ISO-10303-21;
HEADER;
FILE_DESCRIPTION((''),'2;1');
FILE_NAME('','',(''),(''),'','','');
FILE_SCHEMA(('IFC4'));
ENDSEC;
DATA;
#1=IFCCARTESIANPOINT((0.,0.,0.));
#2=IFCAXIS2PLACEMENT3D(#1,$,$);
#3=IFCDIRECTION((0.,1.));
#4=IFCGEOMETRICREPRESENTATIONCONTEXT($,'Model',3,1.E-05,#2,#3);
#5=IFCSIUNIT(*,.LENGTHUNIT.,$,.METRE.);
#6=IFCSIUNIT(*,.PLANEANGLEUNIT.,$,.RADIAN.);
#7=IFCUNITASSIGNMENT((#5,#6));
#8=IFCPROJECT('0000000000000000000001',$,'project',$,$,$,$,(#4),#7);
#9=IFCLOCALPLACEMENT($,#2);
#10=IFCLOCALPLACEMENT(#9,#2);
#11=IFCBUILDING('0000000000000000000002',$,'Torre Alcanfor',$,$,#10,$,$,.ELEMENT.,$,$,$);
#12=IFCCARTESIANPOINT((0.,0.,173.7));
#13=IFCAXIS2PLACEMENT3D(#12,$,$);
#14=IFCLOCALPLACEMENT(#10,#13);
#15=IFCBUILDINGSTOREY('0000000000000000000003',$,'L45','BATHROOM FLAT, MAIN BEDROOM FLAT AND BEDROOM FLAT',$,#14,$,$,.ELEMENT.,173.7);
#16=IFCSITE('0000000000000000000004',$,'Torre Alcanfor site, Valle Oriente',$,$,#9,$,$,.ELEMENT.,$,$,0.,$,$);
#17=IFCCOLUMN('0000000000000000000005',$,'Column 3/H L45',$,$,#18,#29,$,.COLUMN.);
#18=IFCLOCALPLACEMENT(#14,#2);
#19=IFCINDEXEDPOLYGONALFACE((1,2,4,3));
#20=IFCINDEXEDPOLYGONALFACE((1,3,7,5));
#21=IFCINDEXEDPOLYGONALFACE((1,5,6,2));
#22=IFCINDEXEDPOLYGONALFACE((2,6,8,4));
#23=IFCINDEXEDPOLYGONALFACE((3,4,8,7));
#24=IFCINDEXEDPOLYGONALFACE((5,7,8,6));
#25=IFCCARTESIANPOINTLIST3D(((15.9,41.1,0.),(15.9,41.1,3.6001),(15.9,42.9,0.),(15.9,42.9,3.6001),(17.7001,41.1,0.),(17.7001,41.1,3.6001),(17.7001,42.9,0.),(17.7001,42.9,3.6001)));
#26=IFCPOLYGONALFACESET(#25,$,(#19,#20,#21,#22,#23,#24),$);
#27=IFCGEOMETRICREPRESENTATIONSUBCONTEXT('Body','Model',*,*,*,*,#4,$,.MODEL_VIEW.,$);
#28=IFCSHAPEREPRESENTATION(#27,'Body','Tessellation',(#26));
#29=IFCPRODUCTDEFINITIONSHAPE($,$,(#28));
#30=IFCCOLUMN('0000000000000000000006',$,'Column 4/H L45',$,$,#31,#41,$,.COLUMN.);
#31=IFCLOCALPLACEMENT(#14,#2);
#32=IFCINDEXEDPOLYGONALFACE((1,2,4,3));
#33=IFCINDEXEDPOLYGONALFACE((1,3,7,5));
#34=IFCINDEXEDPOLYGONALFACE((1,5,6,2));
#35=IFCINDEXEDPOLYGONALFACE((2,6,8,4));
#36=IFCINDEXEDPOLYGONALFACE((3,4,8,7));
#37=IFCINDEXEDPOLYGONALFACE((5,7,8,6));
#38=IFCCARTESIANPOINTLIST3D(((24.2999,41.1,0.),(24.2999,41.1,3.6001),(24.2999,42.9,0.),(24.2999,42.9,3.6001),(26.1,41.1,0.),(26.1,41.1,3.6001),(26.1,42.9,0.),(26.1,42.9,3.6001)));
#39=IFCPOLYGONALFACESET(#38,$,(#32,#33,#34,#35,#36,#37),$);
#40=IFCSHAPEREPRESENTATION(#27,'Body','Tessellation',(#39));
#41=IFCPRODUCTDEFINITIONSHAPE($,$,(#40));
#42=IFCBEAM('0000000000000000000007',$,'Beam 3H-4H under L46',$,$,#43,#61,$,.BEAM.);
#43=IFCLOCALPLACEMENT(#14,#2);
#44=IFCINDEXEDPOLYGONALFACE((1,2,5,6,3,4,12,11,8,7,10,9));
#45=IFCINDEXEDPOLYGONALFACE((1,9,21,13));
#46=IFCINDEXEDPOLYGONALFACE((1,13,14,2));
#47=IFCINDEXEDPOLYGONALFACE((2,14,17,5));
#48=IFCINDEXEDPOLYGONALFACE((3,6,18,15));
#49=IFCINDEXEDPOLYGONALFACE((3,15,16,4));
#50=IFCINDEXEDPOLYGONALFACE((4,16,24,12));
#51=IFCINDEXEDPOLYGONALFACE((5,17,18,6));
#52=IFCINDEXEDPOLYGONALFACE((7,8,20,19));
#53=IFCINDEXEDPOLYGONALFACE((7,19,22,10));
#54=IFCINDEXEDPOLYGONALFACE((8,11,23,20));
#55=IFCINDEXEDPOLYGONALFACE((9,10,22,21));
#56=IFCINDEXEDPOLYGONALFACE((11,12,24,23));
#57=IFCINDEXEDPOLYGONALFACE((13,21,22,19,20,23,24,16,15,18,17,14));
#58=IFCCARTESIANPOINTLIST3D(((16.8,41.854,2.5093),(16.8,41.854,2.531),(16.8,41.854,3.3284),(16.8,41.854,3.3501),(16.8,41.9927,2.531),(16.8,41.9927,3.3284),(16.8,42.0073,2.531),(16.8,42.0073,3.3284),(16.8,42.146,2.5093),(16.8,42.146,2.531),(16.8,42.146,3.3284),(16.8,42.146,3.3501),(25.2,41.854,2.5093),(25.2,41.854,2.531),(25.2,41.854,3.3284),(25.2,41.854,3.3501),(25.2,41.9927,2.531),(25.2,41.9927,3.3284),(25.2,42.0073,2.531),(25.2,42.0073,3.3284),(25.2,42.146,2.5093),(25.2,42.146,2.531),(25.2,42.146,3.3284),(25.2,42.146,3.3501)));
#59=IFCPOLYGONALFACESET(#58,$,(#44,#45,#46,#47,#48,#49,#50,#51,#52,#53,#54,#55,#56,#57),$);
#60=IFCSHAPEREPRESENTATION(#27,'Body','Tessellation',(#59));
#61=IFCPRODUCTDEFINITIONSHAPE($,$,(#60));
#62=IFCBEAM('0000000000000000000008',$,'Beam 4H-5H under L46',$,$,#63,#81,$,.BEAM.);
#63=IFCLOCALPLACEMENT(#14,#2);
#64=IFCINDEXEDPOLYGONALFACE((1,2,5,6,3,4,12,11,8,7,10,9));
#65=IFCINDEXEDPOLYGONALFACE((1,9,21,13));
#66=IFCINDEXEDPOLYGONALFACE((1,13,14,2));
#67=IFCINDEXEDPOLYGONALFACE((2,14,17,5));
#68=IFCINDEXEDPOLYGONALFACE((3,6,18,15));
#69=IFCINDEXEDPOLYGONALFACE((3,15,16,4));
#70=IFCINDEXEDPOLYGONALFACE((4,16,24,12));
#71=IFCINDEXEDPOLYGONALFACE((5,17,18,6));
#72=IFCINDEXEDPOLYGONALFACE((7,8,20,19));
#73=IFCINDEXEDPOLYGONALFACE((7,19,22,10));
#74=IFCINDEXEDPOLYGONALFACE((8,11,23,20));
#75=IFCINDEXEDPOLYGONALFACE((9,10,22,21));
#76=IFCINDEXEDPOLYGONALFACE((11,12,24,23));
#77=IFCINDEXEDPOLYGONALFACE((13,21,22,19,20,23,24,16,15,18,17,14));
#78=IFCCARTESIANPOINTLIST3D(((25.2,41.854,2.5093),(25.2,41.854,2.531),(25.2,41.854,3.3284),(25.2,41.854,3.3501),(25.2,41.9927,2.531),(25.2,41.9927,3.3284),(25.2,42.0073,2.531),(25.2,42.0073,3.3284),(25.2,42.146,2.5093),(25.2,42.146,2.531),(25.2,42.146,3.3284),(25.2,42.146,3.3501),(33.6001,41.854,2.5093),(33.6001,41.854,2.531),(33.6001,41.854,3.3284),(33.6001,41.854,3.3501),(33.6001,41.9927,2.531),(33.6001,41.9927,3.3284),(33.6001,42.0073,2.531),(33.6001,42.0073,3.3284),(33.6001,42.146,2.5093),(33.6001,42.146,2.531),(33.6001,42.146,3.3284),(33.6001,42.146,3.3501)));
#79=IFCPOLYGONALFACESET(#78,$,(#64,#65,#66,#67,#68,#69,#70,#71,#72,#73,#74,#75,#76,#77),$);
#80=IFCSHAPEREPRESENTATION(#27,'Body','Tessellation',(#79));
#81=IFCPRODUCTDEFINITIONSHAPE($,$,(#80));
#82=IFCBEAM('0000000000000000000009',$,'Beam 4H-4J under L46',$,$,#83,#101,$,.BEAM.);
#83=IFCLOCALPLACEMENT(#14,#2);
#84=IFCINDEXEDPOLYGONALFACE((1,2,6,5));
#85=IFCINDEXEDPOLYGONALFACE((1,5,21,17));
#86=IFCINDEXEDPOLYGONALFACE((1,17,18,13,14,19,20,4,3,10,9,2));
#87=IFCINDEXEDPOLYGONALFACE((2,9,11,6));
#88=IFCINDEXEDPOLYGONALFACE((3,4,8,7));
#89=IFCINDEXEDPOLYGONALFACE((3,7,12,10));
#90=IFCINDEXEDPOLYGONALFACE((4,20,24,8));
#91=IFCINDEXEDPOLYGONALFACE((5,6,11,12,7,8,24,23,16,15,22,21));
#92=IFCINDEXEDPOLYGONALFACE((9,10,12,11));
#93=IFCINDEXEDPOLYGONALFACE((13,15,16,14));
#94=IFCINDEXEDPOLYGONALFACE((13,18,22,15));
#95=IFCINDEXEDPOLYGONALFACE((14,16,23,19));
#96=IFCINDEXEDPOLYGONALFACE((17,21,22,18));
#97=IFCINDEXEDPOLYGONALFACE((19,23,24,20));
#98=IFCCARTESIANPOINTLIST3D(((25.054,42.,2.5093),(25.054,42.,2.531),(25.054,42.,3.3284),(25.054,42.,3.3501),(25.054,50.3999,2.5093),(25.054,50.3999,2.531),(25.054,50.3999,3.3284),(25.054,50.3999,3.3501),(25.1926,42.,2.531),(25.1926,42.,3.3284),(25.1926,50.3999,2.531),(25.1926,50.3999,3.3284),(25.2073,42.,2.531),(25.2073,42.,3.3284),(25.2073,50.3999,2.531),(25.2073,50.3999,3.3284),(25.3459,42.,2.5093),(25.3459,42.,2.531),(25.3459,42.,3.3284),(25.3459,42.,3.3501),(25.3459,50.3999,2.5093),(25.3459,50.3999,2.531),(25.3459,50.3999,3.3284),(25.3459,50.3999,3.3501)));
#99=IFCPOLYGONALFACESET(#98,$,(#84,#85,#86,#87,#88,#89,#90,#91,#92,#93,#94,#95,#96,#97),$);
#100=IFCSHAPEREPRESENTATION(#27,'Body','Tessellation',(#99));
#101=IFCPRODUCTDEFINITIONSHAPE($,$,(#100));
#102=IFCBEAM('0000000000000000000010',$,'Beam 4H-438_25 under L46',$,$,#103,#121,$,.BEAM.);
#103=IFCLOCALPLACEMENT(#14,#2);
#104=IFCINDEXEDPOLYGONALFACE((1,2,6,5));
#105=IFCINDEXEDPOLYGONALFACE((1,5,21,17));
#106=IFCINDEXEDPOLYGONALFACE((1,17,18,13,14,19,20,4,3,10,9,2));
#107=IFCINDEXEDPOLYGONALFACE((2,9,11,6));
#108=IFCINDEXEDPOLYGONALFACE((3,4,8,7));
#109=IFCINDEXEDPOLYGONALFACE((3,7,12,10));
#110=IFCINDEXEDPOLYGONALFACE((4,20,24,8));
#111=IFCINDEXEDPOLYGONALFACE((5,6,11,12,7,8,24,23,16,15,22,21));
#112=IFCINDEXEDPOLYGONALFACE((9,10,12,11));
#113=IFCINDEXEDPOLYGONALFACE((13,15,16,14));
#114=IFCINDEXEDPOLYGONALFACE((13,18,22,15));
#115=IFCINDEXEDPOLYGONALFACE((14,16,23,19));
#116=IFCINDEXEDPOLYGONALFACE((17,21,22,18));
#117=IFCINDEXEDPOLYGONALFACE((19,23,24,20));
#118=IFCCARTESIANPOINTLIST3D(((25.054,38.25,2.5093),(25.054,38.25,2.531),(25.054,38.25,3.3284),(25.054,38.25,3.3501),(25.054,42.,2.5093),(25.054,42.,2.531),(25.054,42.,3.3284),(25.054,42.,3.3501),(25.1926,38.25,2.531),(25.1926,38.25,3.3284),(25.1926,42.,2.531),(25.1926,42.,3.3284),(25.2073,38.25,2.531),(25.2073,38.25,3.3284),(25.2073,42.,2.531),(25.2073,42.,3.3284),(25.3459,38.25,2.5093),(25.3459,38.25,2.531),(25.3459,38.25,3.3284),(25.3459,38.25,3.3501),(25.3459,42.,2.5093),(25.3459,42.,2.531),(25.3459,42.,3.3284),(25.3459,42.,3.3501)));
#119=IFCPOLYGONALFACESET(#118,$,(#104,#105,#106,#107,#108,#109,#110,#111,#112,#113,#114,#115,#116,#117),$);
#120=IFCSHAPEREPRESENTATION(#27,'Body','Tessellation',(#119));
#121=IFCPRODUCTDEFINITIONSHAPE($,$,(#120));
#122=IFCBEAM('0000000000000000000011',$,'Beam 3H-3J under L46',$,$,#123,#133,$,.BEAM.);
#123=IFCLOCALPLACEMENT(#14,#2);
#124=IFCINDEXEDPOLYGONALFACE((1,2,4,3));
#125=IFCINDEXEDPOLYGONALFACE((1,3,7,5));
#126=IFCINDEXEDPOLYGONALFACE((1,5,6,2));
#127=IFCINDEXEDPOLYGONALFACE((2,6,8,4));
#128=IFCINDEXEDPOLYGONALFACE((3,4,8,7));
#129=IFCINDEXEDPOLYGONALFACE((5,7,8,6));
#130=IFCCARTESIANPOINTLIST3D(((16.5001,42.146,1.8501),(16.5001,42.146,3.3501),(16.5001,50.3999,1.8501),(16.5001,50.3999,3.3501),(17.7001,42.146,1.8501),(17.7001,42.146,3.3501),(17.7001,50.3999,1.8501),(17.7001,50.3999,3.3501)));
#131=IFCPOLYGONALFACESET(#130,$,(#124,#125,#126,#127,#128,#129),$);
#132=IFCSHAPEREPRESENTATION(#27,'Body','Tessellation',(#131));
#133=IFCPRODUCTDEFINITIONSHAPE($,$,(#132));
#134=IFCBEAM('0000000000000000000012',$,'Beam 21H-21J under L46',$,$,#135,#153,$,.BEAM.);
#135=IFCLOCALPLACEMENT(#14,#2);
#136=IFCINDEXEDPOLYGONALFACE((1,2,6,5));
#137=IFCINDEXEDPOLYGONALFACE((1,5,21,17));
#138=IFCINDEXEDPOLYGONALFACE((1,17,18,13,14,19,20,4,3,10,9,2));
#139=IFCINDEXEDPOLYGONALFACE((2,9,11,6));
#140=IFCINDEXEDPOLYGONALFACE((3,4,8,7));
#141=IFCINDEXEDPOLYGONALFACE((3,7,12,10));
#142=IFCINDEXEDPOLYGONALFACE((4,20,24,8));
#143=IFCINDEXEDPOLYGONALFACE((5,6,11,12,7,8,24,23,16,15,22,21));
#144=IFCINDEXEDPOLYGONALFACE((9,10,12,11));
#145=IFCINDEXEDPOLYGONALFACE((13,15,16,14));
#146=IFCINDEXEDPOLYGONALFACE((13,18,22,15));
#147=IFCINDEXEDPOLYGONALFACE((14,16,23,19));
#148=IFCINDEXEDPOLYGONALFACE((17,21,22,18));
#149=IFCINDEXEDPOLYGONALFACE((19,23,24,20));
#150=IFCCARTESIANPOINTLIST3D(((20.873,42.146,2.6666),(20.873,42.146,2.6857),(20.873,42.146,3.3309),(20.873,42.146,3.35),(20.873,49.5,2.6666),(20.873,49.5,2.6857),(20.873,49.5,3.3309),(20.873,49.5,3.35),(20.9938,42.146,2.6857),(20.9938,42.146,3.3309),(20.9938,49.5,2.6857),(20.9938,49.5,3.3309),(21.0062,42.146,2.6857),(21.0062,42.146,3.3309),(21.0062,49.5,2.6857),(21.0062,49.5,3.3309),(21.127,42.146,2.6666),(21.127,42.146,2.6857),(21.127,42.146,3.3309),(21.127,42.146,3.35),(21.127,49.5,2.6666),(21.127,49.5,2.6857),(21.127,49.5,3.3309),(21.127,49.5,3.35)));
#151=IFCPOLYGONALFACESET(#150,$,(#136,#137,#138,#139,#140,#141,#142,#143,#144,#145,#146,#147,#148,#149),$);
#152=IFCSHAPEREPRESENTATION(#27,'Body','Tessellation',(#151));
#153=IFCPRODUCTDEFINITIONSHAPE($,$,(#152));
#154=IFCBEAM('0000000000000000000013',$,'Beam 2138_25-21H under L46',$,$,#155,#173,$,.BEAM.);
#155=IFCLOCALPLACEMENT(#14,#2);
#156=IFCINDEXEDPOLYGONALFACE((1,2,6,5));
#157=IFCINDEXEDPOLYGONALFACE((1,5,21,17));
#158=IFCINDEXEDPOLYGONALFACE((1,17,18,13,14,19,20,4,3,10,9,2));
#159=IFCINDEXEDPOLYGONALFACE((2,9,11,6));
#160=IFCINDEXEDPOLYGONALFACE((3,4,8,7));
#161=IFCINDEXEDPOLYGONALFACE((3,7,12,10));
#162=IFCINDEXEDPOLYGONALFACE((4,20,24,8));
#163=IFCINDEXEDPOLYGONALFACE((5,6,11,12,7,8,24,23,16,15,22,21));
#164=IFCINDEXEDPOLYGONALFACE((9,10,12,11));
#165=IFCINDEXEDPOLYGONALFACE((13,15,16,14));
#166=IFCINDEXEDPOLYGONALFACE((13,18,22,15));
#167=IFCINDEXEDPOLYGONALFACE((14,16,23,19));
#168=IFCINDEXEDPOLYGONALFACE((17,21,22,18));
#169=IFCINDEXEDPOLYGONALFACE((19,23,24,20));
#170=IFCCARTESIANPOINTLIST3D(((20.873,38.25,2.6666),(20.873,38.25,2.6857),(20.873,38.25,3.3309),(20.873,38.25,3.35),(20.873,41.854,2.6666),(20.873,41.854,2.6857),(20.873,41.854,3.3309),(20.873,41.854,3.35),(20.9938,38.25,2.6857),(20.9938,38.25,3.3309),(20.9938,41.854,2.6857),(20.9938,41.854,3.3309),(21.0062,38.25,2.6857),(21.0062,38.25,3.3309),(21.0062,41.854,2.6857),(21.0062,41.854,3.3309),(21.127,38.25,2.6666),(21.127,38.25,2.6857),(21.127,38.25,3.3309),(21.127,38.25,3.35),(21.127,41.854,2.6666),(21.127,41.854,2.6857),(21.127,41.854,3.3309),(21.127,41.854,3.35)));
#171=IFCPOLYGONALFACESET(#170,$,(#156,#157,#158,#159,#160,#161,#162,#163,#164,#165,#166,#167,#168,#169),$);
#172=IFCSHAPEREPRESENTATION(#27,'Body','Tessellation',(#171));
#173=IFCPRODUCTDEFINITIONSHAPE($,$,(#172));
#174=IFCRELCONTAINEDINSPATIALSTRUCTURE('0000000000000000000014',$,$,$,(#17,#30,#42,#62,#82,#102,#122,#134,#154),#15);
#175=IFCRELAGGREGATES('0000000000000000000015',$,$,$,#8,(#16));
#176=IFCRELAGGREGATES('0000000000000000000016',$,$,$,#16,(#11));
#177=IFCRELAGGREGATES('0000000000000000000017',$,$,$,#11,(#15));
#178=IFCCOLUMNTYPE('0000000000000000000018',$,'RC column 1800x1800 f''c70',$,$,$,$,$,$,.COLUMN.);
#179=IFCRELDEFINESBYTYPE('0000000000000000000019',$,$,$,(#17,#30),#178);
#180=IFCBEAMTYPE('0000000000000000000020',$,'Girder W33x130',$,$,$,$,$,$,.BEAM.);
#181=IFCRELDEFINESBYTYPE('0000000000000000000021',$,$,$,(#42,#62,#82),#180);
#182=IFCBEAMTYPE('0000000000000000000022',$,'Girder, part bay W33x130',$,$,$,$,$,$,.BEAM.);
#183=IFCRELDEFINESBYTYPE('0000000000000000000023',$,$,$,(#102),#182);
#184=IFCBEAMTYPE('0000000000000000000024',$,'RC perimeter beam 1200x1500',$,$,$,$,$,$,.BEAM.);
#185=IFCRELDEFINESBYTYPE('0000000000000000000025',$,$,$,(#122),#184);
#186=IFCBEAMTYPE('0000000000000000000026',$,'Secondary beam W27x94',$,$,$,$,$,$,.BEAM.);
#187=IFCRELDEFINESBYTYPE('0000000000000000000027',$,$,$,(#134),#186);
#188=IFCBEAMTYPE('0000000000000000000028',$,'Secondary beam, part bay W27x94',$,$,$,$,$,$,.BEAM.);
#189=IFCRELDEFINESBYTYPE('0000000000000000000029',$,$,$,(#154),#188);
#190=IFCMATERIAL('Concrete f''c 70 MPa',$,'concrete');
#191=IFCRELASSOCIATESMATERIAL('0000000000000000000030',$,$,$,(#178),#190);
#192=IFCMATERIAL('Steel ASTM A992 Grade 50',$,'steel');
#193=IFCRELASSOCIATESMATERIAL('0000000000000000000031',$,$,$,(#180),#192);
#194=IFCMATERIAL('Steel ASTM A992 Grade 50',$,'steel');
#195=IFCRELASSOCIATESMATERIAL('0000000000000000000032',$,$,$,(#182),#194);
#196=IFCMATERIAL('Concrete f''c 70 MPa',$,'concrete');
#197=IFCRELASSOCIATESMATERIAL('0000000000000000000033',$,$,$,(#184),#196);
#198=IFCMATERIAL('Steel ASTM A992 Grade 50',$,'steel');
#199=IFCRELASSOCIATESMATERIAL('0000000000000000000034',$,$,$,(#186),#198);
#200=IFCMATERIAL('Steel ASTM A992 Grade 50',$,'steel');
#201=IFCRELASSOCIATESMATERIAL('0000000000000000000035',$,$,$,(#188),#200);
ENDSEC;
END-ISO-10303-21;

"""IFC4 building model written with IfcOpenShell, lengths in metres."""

from ifc_helpers import new_model, si_unit, direction, frame, origin, origin_2d, place, context, subcontext, project, spatial, rectangle, i_section, extrude, material, material_profile, profile_set, type_object, element, save


model = new_model("IFC4")

# Units and contexts
model_context = context("Model", 3, precision=1e-05, world=origin(), true_north=direction((0.0, 1.0)))
body_context = subcontext(model_context, "Body", "Model", "MODEL_VIEW")
ifc_project = project(units=[si_unit("LENGTHUNIT", "METRE"), si_unit("PLANEANGLEUNIT", "RADIAN")], contexts=[model_context])

# Site, building, storey
site_placement = place(None, origin())
site = spatial("IfcSite", under=ifc_project, at=site_placement, Name="Torre Alcanfor site, Valle Oriente", CompositionType="ELEMENT", RefElevation=0.0)
building_placement = place(site_placement, origin())
building = spatial("IfcBuilding", under=site, at=building_placement, Name="Torre Alcanfor", CompositionType="ELEMENT")
storey_placement = place(building_placement, frame((0.0, 0.0, 173.7)))
storey = spatial("IfcBuildingStorey", under=building, at=storey_placement, Name="L45", Description="BATHROOM FLAT, MAIN BEDROOM FLAT AND BEDROOM FLAT", CompositionType="ELEMENT", Elevation=173.7)

# Columns
ifc_material_1 = material(Name="Concrete f'c 70 MPa", Category="concrete")
ifc_material_profile_1 = material_profile(ifc_material_1, rectangle(XDim=1.8, YDim=1.8, at=origin_2d()), Name="1800x1800")
ifc_profile_set_1 = profile_set([ifc_material_profile_1], Name="Concrete f'c 70 MPa")
column_type = type_object("IfcColumnType", Name="RC column 1800x1800 f'c70", PredefinedType="COLUMN", material=ifc_profile_set_1)
for number, where, z_axis, x_axis, name in (
    (1, (16.8, 42.0, 0.0), (0.0, 0.0, 1.0), (1.0, 0.0, 0.0), "Column 3/H L45"),
    (2, (25.2, 42.0, 0.0), (0.0, 0.0, 1.0), (1.0, 0.0, 0.0), "Column 4/H L45"),
):
    element("IfcColumn", number, at=place(storey_placement, frame(where, z_axis=z_axis, x_axis=x_axis)), inside=storey, type_object=column_type, Name=name, PredefinedType="COLUMN", context=body_context, shape_type="SweptSolid", body=[
        extrude(rectangle(XDim=1.8, YDim=1.8, at=origin_2d()), origin(), (0.0, 0.0, 1.0), 3.6001),
    ])

# Beams
ifc_material_2 = material(Name="Steel ASTM A992 Grade 50", Category="steel")
ifc_material_profile_2 = material_profile(ifc_material_2, i_section(OverallWidth=0.292, OverallDepth=0.8408, WebThickness=0.0146, FlangeThickness=0.0217, at=origin_2d()), Name="W33x130")
ifc_profile_set_2 = profile_set([ifc_material_profile_2], Name="Steel ASTM A992 Grade 50")
beam_type_1 = type_object("IfcBeamType", Name="Girder W33x130", PredefinedType="BEAM", material=ifc_profile_set_2)
beam_1_placement = place(storey_placement, frame((16.8, 42.0, 2.9297), z_axis=(1.0, 0.0, 0.0), x_axis=(0.0, 1.0, 0.0)))
element("IfcBeam", 3, at=beam_1_placement, inside=storey, type_object=beam_type_1, Name="Beam 3H-4H under L46", PredefinedType="BEAM", context=body_context, shape_type="SweptSolid", body=[
    extrude(i_section(OverallWidth=0.292, OverallDepth=0.8408, WebThickness=0.0146, FlangeThickness=0.0217, at=origin_2d()), origin(), (0.0, 0.0, 1.0), 8.3999),
])
beam_2_placement = place(storey_placement, frame((25.2, 42.0, 2.9297), z_axis=(1.0, 0.0, 0.0), x_axis=(0.0, 1.0, 0.0)))
element("IfcBeam", 4, at=beam_2_placement, inside=storey, type_object=beam_type_1, Name="Beam 4H-5H under L46", PredefinedType="BEAM", context=body_context, shape_type="SweptSolid", body=[
    extrude(i_section(OverallWidth=0.292, OverallDepth=0.8408, WebThickness=0.0146, FlangeThickness=0.0217, at=origin_2d()), origin(), (0.0, 0.0, 1.0), 8.4001),
])
beam_3_placement = place(storey_placement, frame((25.2, 42.0, 2.9297), z_axis=(0.0, 1.0, 0.0), x_axis=(-1.0, 0.0, 0.0)))
element("IfcBeam", 5, at=beam_3_placement, inside=storey, type_object=beam_type_1, Name="Beam 4H-4J under L46", PredefinedType="BEAM", context=body_context, shape_type="SweptSolid", body=[
    extrude(i_section(OverallWidth=0.292, OverallDepth=0.8408, WebThickness=0.0146, FlangeThickness=0.0217, at=origin_2d()), origin(), (0.0, 0.0, 1.0), 8.3999),
])
ifc_material_3 = material(Name="Steel ASTM A992 Grade 50", Category="steel")
ifc_material_profile_3 = material_profile(ifc_material_3, i_section(OverallWidth=0.292, OverallDepth=0.8408, WebThickness=0.0146, FlangeThickness=0.0217, at=origin_2d()), Name="W33x130")
ifc_profile_set_3 = profile_set([ifc_material_profile_3], Name="Steel ASTM A992 Grade 50")
beam_type_2 = type_object("IfcBeamType", Name="Girder, part bay W33x130", PredefinedType="BEAM", material=ifc_profile_set_3)
beam_4_placement = place(storey_placement, frame((25.2, 42.0, 2.9297), z_axis=(0.0, -1.0, 0.0), x_axis=(1.0, 0.0, 0.0)))
element("IfcBeam", 6, at=beam_4_placement, inside=storey, type_object=beam_type_2, Name="Beam 4H-438_25 under L46", PredefinedType="BEAM", context=body_context, shape_type="SweptSolid", body=[
    extrude(i_section(OverallWidth=0.292, OverallDepth=0.8408, WebThickness=0.0146, FlangeThickness=0.0217, at=origin_2d()), origin(), (0.0, 0.0, 1.0), 3.75),
])
ifc_material_4 = material(Name="Concrete f'c 70 MPa", Category="concrete")
ifc_material_profile_4 = material_profile(ifc_material_4, rectangle(XDim=1.2, YDim=1.5, at=origin_2d()), Name="1200x1500")
ifc_profile_set_4 = profile_set([ifc_material_profile_4], Name="Concrete f'c 70 MPa")
beam_type_3 = type_object("IfcBeamType", Name="RC perimeter beam 1200x1500", PredefinedType="BEAM", material=ifc_profile_set_4)
beam_5_placement = place(storey_placement, frame((17.1001, 42.146, 2.6001), z_axis=(0.0, 1.0, 0.0), x_axis=(-1.0, 0.0, 0.0)))
element("IfcBeam", 7, at=beam_5_placement, inside=storey, type_object=beam_type_3, Name="Beam 3H-3J under L46", PredefinedType="BEAM", context=body_context, shape_type="SweptSolid", body=[
    extrude(rectangle(XDim=1.2, YDim=1.5, at=origin_2d()), origin(), (0.0, 0.0, 1.0), 8.2539),
])
ifc_material_5 = material(Name="Steel ASTM A992 Grade 50", Category="steel")
ifc_material_profile_5 = material_profile(ifc_material_5, i_section(OverallWidth=0.2539, OverallDepth=0.6833, WebThickness=0.0125, FlangeThickness=0.019, at=origin_2d()), Name="W27x94")
ifc_profile_set_5 = profile_set([ifc_material_profile_5], Name="Steel ASTM A992 Grade 50")
beam_type_4 = type_object("IfcBeamType", Name="Secondary beam W27x94", PredefinedType="BEAM", material=ifc_profile_set_5)
beam_6_placement = place(storey_placement, frame((21.0, 42.146, 3.0083), z_axis=(0.0, 1.0, 0.0), x_axis=(-1.0, 0.0, 0.0)))
element("IfcBeam", 8, at=beam_6_placement, inside=storey, type_object=beam_type_4, Name="Beam 21H-21J under L46", PredefinedType="BEAM", context=body_context, shape_type="SweptSolid", body=[
    extrude(i_section(OverallWidth=0.2539, OverallDepth=0.6833, WebThickness=0.0125, FlangeThickness=0.019, at=origin_2d()), origin(), (0.0, 0.0, 1.0), 7.354),
])
ifc_material_6 = material(Name="Steel ASTM A992 Grade 50", Category="steel")
ifc_material_profile_6 = material_profile(ifc_material_6, i_section(OverallWidth=0.2539, OverallDepth=0.6833, WebThickness=0.0125, FlangeThickness=0.019, at=origin_2d()), Name="W27x94")
ifc_profile_set_6 = profile_set([ifc_material_profile_6], Name="Steel ASTM A992 Grade 50")
beam_type_5 = type_object("IfcBeamType", Name="Secondary beam, part bay W27x94", PredefinedType="BEAM", material=ifc_profile_set_6)
beam_7_placement = place(storey_placement, frame((21.0, 38.25, 3.0083), z_axis=(0.0, 1.0, 0.0), x_axis=(-1.0, 0.0, 0.0)))
element("IfcBeam", 9, at=beam_7_placement, inside=storey, type_object=beam_type_5, Name="Beam 2138_25-21H under L46", PredefinedType="BEAM", context=body_context, shape_type="SweptSolid", body=[
    extrude(i_section(OverallWidth=0.2539, OverallDepth=0.6833, WebThickness=0.0125, FlangeThickness=0.019, at=origin_2d()), origin(), (0.0, 0.0, 1.0), 3.604),
])

save(model, "model.ifc")
